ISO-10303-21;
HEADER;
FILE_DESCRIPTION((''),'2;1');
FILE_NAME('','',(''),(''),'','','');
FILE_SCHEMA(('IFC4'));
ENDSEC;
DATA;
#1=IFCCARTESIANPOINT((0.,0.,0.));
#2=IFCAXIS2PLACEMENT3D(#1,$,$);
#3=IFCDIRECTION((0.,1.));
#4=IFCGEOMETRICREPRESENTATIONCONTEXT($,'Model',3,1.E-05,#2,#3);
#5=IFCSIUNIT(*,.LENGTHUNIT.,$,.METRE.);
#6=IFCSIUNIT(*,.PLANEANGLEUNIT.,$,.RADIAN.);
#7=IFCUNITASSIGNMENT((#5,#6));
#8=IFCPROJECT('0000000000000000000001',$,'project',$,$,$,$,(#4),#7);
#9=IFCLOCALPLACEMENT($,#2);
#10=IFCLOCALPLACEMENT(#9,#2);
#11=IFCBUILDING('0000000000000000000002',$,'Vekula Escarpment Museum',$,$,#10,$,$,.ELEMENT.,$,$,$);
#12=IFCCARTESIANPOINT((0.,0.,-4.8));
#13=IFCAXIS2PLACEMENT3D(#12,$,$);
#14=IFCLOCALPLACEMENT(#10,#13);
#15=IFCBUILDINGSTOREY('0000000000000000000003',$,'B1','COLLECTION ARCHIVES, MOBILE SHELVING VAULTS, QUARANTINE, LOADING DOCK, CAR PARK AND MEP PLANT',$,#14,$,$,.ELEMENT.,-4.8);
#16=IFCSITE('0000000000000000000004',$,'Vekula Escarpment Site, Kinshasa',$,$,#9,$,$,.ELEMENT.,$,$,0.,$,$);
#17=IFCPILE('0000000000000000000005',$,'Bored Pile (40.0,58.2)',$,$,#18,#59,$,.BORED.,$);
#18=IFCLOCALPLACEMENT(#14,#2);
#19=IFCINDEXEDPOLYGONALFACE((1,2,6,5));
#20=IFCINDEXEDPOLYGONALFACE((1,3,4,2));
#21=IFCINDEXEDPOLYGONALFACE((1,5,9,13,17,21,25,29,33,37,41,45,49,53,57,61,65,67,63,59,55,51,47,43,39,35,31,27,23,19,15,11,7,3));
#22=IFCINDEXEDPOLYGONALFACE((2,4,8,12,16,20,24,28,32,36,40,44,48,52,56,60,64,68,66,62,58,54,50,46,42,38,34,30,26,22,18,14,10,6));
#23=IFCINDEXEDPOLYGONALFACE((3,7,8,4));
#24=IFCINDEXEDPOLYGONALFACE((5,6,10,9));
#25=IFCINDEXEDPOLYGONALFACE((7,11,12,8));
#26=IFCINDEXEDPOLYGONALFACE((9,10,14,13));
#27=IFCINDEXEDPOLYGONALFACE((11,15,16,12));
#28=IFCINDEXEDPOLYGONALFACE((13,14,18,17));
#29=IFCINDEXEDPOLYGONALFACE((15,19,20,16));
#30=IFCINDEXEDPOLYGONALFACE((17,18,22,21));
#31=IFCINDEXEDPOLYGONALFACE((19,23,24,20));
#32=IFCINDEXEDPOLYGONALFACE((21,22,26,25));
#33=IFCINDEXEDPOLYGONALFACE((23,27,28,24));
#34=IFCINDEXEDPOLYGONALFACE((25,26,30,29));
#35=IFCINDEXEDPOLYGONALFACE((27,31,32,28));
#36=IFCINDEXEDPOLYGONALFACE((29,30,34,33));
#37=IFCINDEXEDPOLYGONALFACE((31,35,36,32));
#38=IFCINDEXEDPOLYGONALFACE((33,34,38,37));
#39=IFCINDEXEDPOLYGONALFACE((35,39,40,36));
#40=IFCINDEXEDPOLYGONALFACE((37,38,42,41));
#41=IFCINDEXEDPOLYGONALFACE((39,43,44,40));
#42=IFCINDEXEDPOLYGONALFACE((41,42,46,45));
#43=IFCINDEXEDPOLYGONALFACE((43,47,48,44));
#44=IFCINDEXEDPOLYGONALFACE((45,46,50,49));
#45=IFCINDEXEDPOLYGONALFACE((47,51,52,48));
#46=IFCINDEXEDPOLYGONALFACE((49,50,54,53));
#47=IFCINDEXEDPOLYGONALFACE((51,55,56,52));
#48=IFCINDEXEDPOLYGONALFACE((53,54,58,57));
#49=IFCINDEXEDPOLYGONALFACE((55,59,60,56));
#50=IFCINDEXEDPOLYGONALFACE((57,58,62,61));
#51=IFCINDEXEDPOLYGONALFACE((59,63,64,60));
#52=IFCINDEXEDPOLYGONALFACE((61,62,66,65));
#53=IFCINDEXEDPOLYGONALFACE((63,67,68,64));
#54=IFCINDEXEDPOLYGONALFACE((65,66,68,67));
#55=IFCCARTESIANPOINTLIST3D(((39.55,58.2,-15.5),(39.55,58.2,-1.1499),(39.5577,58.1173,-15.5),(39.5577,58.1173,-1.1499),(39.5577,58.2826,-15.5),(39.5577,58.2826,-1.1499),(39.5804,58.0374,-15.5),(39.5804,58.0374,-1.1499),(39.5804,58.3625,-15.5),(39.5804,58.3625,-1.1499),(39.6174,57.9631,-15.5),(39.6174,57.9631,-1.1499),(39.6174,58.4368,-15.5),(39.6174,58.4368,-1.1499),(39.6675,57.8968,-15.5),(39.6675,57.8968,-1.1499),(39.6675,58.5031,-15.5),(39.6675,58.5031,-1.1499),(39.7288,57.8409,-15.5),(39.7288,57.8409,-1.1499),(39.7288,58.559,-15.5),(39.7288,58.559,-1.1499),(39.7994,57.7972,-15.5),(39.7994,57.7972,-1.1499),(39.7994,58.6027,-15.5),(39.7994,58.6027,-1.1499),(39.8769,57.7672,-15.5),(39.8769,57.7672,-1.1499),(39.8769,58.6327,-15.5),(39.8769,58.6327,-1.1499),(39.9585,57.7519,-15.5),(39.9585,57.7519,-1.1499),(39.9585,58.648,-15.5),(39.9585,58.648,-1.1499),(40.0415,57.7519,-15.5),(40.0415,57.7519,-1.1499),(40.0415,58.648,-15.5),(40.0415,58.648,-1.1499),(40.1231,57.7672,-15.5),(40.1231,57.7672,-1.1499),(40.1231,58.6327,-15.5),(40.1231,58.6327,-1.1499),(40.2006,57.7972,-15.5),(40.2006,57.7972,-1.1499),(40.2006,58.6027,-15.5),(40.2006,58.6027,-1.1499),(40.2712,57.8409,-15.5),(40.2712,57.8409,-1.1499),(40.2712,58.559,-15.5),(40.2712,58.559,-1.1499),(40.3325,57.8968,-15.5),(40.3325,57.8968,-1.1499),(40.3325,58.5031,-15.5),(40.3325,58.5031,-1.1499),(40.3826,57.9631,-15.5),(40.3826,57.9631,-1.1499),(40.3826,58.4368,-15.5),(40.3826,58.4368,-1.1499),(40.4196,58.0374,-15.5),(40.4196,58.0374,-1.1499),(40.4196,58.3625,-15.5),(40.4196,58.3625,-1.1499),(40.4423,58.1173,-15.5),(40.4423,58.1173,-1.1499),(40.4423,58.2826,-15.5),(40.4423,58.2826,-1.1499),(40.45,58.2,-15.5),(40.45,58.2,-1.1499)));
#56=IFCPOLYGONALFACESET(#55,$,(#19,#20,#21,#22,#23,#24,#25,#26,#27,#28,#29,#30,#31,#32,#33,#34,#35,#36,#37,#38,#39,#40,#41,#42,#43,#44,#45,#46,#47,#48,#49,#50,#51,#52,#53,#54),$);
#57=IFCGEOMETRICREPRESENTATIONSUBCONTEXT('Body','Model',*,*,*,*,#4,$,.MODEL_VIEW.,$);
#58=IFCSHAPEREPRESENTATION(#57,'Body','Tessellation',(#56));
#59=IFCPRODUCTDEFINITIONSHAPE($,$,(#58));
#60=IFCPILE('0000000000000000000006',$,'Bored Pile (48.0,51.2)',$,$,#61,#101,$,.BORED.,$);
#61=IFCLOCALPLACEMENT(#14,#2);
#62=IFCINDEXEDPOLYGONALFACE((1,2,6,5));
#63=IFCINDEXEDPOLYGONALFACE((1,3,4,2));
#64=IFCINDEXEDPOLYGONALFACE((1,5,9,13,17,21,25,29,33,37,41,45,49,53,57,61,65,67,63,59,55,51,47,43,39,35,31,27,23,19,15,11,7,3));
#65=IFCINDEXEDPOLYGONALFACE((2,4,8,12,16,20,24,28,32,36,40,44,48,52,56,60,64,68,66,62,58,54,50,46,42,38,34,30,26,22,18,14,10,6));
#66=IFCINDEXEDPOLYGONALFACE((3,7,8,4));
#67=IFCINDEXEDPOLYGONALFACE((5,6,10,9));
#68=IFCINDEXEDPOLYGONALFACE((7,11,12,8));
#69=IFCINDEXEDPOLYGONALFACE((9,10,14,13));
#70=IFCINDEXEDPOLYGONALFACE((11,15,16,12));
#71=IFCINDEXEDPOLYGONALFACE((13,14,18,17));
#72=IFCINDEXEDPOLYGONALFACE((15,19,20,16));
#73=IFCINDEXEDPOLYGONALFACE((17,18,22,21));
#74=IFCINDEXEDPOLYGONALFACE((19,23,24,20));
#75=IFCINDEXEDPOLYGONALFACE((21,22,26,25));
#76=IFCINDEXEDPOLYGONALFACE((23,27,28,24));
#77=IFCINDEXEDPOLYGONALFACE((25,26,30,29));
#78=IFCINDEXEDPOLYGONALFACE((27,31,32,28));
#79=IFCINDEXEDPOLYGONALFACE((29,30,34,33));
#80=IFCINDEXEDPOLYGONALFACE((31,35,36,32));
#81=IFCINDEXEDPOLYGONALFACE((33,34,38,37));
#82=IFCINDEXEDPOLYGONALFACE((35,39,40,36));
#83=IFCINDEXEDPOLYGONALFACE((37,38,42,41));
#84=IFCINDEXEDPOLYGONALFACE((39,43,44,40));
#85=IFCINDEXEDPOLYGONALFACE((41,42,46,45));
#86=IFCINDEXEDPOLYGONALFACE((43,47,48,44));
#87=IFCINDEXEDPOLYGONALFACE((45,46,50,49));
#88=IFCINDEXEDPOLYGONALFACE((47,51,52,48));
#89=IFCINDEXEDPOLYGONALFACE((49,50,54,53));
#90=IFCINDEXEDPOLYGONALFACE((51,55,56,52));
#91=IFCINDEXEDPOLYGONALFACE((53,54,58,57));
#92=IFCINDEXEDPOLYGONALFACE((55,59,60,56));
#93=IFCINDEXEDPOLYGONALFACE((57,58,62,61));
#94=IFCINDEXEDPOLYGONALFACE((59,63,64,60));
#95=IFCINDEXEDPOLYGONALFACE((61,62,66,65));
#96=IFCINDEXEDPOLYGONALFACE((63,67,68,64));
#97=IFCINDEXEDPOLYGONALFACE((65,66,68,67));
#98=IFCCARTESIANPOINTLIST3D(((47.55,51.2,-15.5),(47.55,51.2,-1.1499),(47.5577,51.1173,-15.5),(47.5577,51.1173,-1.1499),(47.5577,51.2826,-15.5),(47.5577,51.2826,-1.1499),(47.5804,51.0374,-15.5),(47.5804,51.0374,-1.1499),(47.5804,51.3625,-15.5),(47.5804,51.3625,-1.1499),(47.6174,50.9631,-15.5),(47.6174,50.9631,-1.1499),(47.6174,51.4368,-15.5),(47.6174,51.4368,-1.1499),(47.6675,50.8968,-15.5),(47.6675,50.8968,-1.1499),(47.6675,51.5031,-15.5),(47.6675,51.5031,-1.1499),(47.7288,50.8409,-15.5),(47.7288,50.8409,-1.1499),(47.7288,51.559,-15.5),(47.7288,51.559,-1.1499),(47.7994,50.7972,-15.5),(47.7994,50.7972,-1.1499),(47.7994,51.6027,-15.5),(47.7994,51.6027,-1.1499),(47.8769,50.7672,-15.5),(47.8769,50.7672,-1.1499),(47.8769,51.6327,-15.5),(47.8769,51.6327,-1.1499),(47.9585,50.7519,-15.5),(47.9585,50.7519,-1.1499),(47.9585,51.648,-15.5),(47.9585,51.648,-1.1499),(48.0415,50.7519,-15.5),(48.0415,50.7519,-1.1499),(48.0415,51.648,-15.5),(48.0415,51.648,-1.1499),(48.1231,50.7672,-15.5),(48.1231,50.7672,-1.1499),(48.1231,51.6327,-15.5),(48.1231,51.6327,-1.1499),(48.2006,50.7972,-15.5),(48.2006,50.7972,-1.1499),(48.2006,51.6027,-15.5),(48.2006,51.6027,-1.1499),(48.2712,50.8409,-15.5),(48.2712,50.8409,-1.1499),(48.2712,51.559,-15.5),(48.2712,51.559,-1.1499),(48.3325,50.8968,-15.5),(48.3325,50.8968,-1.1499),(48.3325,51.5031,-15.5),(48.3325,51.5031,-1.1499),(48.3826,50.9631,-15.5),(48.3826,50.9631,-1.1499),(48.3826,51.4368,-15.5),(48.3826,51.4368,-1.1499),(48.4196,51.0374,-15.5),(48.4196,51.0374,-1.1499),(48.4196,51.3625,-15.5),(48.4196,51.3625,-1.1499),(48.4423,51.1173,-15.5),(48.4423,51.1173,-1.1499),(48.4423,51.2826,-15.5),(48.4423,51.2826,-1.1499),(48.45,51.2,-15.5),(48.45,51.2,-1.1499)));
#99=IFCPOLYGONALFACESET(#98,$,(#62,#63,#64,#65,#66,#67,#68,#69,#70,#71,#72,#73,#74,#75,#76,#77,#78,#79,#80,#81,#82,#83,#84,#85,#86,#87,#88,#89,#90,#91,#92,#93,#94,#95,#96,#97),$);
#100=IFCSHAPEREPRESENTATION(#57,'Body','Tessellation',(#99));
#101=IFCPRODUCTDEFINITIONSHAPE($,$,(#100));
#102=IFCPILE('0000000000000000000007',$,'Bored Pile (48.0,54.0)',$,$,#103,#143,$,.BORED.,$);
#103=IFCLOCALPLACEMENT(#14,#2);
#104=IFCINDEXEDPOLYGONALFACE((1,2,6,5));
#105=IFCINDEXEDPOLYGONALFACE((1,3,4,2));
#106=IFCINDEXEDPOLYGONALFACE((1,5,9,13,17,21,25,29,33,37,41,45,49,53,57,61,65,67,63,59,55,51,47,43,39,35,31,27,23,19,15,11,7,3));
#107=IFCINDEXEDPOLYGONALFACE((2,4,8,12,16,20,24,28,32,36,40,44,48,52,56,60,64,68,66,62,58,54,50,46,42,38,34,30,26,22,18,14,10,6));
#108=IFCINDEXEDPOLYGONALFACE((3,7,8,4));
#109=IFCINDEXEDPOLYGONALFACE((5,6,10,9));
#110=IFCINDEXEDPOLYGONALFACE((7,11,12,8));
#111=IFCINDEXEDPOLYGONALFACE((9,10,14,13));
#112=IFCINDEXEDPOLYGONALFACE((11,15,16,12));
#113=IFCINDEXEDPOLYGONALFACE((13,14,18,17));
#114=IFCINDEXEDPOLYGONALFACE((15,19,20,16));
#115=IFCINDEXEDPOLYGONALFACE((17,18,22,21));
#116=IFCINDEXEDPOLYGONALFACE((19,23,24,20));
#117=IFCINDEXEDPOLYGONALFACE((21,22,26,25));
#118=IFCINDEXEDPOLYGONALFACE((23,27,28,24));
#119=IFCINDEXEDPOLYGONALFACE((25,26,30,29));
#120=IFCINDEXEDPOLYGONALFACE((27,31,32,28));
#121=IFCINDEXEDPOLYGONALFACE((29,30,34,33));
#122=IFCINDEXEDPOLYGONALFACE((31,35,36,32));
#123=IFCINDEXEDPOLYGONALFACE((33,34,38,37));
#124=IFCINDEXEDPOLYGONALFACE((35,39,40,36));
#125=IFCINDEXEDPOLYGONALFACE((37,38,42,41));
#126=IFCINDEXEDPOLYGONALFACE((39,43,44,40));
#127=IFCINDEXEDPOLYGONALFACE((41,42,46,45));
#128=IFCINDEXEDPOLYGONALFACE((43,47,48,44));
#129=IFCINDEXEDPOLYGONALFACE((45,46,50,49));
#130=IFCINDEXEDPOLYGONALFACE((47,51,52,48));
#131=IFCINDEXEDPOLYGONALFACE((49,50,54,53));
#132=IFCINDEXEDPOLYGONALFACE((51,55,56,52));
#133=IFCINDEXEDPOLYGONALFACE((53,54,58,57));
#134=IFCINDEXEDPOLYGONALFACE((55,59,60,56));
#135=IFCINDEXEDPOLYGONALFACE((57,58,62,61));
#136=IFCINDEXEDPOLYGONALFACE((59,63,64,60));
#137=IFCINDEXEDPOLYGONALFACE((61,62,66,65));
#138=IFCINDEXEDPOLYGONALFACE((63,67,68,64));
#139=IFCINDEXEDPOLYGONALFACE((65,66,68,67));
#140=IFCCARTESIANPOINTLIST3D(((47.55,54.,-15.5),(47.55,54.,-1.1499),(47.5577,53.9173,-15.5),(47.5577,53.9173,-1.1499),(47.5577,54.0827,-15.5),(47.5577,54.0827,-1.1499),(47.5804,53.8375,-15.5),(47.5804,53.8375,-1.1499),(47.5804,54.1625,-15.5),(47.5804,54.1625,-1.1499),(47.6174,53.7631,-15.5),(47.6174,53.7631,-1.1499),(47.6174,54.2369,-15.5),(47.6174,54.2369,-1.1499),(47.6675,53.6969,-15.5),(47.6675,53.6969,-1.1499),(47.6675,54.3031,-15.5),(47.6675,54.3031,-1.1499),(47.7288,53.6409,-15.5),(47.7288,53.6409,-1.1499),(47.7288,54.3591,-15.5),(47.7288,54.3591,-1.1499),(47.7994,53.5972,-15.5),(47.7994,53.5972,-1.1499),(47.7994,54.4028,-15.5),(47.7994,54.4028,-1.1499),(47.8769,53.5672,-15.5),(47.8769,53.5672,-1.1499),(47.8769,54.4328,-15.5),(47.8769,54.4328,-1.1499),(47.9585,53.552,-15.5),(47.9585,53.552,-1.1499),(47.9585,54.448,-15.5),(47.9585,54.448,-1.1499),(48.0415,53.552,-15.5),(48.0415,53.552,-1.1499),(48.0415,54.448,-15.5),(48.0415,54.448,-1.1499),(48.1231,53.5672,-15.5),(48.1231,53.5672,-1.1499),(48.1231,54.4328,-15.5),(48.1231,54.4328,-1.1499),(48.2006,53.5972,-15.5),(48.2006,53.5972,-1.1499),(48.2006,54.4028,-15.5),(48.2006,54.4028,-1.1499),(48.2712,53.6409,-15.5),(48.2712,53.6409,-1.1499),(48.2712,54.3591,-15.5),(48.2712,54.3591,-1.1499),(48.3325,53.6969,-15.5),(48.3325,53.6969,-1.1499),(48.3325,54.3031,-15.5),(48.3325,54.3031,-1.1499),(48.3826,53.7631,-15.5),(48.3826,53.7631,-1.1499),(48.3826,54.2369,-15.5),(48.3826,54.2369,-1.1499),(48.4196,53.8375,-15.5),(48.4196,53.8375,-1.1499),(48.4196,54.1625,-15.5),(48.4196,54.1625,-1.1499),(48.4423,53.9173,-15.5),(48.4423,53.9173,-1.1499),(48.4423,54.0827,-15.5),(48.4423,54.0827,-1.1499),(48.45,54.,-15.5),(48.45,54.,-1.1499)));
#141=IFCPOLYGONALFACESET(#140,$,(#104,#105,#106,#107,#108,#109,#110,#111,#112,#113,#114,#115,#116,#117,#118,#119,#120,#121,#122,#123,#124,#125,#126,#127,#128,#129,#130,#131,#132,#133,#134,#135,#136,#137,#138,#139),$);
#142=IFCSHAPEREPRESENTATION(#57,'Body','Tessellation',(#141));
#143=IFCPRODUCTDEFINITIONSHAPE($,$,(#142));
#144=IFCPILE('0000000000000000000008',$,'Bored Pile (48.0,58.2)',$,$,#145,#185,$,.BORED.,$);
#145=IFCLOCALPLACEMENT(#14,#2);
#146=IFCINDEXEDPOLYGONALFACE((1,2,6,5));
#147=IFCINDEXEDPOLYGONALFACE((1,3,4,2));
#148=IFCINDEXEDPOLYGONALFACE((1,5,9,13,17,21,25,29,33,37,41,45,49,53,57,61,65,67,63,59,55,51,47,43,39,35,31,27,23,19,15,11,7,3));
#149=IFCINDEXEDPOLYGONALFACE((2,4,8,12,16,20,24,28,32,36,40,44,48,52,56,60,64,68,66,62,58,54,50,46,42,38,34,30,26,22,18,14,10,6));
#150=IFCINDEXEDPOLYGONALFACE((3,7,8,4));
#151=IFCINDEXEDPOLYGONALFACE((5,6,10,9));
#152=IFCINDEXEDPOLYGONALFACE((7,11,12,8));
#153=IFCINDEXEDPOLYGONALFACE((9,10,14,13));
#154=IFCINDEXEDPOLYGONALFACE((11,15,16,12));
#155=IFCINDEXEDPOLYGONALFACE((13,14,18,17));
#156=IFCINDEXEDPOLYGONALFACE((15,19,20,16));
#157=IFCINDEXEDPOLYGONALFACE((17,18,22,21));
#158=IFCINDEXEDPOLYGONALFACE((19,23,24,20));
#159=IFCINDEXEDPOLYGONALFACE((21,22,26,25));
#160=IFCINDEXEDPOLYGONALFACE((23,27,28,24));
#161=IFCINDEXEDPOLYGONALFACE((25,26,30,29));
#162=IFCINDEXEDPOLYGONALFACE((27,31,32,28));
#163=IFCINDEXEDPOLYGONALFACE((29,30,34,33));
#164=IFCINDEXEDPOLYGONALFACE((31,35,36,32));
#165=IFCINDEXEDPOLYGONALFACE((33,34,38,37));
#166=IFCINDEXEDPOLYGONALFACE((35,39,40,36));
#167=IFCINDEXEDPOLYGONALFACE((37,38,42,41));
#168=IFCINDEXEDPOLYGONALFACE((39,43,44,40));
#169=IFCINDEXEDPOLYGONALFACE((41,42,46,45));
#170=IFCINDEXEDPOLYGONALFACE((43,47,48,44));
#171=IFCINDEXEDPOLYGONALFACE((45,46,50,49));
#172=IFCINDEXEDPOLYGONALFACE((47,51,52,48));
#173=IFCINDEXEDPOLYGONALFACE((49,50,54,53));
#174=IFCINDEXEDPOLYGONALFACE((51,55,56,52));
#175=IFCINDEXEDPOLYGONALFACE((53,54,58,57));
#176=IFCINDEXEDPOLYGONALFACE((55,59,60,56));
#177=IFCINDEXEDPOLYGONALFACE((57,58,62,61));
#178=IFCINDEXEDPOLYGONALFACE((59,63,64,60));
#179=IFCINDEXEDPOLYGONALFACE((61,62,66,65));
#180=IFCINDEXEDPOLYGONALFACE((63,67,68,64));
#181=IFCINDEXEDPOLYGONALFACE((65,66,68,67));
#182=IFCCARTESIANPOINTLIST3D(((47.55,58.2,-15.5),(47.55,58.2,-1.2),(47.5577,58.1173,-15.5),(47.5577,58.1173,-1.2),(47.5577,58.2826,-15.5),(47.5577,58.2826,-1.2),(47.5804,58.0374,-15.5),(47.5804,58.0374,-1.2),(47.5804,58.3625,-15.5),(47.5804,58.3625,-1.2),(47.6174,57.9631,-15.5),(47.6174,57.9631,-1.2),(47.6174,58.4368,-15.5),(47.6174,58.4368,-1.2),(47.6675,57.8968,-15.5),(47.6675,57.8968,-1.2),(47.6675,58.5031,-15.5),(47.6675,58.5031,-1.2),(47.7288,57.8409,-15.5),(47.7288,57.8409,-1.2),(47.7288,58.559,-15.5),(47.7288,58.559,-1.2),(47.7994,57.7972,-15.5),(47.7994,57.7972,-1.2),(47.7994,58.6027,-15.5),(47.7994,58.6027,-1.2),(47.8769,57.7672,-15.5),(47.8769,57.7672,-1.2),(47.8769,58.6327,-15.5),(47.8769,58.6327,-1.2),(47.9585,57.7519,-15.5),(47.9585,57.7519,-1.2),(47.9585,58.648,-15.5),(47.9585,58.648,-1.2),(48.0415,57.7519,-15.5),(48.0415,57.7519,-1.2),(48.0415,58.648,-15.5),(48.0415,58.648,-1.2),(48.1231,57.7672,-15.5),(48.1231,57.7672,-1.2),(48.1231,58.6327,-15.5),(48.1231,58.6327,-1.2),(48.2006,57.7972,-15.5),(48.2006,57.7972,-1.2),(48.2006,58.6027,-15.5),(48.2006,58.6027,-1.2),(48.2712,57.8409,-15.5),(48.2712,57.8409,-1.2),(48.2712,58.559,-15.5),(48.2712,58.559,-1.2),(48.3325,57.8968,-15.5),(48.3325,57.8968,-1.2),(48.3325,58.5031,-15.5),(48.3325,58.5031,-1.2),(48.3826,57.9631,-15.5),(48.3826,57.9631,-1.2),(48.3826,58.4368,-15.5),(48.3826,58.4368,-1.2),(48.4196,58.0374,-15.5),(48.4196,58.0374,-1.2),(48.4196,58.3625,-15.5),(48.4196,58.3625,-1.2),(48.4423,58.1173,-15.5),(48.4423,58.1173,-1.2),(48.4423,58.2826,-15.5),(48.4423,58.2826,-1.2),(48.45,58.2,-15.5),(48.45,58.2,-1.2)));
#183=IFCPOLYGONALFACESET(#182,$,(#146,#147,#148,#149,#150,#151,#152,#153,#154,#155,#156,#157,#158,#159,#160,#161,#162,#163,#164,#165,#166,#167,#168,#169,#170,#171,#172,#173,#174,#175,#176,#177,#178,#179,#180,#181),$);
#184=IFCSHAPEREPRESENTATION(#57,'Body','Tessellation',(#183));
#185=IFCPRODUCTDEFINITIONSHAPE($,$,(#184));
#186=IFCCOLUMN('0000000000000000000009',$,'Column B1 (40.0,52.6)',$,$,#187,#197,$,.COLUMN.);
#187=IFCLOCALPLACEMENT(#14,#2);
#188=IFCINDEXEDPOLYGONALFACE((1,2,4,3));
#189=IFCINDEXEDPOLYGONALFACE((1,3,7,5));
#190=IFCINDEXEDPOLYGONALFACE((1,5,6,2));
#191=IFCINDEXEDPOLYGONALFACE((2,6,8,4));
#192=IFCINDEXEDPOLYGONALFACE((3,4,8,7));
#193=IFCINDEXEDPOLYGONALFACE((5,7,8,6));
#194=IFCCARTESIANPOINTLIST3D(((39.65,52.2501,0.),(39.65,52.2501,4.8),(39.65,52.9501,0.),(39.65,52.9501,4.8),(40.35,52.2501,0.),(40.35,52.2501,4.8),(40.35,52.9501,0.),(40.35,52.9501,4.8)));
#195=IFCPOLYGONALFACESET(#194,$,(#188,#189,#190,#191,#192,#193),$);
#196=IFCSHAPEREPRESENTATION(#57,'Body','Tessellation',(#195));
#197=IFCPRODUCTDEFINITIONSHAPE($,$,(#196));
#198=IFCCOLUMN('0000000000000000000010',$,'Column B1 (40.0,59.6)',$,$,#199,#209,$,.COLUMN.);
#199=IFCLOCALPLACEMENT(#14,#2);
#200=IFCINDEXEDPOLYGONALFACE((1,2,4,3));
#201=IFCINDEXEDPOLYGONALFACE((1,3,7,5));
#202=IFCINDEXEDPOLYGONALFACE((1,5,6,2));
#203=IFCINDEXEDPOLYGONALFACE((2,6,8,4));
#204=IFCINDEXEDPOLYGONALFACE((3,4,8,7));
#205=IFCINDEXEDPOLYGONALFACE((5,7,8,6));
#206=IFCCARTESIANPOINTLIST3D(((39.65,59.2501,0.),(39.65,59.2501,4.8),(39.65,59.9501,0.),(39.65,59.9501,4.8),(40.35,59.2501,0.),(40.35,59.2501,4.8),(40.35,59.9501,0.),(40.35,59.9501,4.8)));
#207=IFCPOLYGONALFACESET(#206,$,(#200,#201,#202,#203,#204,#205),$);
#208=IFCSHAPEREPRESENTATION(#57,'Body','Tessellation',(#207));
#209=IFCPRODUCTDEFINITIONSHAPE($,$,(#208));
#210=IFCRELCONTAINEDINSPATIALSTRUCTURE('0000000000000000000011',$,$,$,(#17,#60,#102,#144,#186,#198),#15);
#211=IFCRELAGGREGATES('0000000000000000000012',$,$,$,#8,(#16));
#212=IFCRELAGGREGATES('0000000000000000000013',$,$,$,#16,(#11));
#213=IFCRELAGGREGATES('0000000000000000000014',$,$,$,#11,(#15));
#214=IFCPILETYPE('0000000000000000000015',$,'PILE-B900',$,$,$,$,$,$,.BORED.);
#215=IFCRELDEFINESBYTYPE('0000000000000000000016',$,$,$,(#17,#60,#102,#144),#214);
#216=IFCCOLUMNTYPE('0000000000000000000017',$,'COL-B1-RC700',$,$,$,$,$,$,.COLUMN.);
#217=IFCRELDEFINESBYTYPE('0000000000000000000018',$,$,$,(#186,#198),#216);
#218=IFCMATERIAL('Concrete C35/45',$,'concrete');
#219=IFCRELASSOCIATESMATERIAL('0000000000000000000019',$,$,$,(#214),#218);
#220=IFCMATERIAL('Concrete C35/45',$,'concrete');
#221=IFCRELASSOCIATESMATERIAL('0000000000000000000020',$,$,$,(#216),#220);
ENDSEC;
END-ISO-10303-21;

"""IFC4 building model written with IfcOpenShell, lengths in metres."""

from ifc_helpers import new_model, si_unit, direction, frame, origin, origin_2d, place, context, subcontext, project, spatial, rectangle, circle, extrude, material, material_profile, profile_set, type_object, element, save


model = new_model("IFC4")

# Units and contexts
model_context = context("Model", 3, precision=1e-05, world=origin(), true_north=direction((0.0, 1.0)))
body_context = subcontext(model_context, "Body", "Model", "MODEL_VIEW")
ifc_project = project(units=[si_unit("LENGTHUNIT", "METRE"), si_unit("PLANEANGLEUNIT", "RADIAN")], contexts=[model_context])

# Site, building, storey
site_placement = place(None, origin())
site = spatial("IfcSite", under=ifc_project, at=site_placement, Name="Vekula Escarpment Site, Kinshasa", CompositionType="ELEMENT", RefElevation=0.0)
building_placement = place(site_placement, origin())
building = spatial("IfcBuilding", under=site, at=building_placement, Name="Vekula Escarpment Museum", CompositionType="ELEMENT")
storey_placement = place(building_placement, frame((0.0, 0.0, -4.8)))
storey = spatial("IfcBuildingStorey", under=building, at=storey_placement, Name="B1", Description="COLLECTION ARCHIVES, MOBILE SHELVING VAULTS, QUARANTINE, LOADING DOCK, CAR PARK AND MEP PLANT", CompositionType="ELEMENT", Elevation=-4.8)

# Piles
ifc_material_1 = material(Name="Concrete C35/45", Category="concrete")
ifc_material_profile_1 = material_profile(ifc_material_1, circle(Radius=0.45, at=origin_2d()), Name="BORED PILE 900")
ifc_profile_set_1 = profile_set([ifc_material_profile_1], Name="Concrete C35/45")
pile_type = type_object("IfcPileType", Name="PILE-B900", PredefinedType="BORED", material=ifc_profile_set_1)
for number, where, z_axis, x_axis, name in (
    (1, (40.0, 58.2, -1.1499), (0.0, 0.0, -1.0), (1.0, 0.0, 0.0), "Bored Pile (40.0,58.2)"),
    (2, (48.0, 51.2, -1.1499), (0.0, 0.0, -1.0), (1.0, 0.0, 0.0), "Bored Pile (48.0,51.2)"),
    (3, (48.0, 54.0, -1.1499), (0.0, 0.0, -1.0), (1.0, 0.0, 0.0), "Bored Pile (48.0,54.0)"),
):
    element("IfcPile", number, at=place(storey_placement, frame(where, z_axis=z_axis, x_axis=x_axis)), inside=storey, type_object=pile_type, Name=name, PredefinedType="BORED", context=body_context, shape_type="SweptSolid", body=[
        extrude(circle(Radius=0.45, at=origin_2d()), origin(), (0.0, 0.0, 1.0), 14.3501),
    ])
pile_placement = place(storey_placement, frame((48.0, 58.2, -1.2), z_axis=(0.0, 0.0, -1.0), x_axis=(1.0, 0.0, 0.0)))
element("IfcPile", 4, at=pile_placement, inside=storey, type_object=pile_type, Name="Bored Pile (48.0,58.2)", PredefinedType="BORED", context=body_context, shape_type="SweptSolid", body=[
    extrude(circle(Radius=0.45, at=origin_2d()), origin(), (0.0, 0.0, 1.0), 14.3),
])

# Columns
ifc_material_2 = material(Name="Concrete C35/45", Category="concrete")
ifc_material_profile_2 = material_profile(ifc_material_2, rectangle(XDim=0.7, YDim=0.7, at=origin_2d()), Name="RC 700x700")
ifc_profile_set_2 = profile_set([ifc_material_profile_2], Name="Concrete C35/45")
column_type = type_object("IfcColumnType", Name="COL-B1-RC700", PredefinedType="COLUMN", material=ifc_profile_set_2)
for number, where, z_axis, x_axis, name in (
    (5, (40.0, 52.6001, 0.0), (0.0, 0.0, 1.0), (1.0, 0.0, 0.0), "Column B1 (40.0,52.6)"),
    (6, (40.0, 59.6001, 0.0), (0.0, 0.0, 1.0), (1.0, 0.0, 0.0), "Column B1 (40.0,59.6)"),
):
    element("IfcColumn", number, at=place(storey_placement, frame(where, z_axis=z_axis, x_axis=x_axis)), inside=storey, type_object=column_type, Name=name, PredefinedType="COLUMN", context=body_context, shape_type="SweptSolid", body=[
        extrude(rectangle(XDim=0.7, YDim=0.7, at=origin_2d()), origin(), (0.0, 0.0, 1.0), 4.8),
    ])

save(model, "model.ifc")
